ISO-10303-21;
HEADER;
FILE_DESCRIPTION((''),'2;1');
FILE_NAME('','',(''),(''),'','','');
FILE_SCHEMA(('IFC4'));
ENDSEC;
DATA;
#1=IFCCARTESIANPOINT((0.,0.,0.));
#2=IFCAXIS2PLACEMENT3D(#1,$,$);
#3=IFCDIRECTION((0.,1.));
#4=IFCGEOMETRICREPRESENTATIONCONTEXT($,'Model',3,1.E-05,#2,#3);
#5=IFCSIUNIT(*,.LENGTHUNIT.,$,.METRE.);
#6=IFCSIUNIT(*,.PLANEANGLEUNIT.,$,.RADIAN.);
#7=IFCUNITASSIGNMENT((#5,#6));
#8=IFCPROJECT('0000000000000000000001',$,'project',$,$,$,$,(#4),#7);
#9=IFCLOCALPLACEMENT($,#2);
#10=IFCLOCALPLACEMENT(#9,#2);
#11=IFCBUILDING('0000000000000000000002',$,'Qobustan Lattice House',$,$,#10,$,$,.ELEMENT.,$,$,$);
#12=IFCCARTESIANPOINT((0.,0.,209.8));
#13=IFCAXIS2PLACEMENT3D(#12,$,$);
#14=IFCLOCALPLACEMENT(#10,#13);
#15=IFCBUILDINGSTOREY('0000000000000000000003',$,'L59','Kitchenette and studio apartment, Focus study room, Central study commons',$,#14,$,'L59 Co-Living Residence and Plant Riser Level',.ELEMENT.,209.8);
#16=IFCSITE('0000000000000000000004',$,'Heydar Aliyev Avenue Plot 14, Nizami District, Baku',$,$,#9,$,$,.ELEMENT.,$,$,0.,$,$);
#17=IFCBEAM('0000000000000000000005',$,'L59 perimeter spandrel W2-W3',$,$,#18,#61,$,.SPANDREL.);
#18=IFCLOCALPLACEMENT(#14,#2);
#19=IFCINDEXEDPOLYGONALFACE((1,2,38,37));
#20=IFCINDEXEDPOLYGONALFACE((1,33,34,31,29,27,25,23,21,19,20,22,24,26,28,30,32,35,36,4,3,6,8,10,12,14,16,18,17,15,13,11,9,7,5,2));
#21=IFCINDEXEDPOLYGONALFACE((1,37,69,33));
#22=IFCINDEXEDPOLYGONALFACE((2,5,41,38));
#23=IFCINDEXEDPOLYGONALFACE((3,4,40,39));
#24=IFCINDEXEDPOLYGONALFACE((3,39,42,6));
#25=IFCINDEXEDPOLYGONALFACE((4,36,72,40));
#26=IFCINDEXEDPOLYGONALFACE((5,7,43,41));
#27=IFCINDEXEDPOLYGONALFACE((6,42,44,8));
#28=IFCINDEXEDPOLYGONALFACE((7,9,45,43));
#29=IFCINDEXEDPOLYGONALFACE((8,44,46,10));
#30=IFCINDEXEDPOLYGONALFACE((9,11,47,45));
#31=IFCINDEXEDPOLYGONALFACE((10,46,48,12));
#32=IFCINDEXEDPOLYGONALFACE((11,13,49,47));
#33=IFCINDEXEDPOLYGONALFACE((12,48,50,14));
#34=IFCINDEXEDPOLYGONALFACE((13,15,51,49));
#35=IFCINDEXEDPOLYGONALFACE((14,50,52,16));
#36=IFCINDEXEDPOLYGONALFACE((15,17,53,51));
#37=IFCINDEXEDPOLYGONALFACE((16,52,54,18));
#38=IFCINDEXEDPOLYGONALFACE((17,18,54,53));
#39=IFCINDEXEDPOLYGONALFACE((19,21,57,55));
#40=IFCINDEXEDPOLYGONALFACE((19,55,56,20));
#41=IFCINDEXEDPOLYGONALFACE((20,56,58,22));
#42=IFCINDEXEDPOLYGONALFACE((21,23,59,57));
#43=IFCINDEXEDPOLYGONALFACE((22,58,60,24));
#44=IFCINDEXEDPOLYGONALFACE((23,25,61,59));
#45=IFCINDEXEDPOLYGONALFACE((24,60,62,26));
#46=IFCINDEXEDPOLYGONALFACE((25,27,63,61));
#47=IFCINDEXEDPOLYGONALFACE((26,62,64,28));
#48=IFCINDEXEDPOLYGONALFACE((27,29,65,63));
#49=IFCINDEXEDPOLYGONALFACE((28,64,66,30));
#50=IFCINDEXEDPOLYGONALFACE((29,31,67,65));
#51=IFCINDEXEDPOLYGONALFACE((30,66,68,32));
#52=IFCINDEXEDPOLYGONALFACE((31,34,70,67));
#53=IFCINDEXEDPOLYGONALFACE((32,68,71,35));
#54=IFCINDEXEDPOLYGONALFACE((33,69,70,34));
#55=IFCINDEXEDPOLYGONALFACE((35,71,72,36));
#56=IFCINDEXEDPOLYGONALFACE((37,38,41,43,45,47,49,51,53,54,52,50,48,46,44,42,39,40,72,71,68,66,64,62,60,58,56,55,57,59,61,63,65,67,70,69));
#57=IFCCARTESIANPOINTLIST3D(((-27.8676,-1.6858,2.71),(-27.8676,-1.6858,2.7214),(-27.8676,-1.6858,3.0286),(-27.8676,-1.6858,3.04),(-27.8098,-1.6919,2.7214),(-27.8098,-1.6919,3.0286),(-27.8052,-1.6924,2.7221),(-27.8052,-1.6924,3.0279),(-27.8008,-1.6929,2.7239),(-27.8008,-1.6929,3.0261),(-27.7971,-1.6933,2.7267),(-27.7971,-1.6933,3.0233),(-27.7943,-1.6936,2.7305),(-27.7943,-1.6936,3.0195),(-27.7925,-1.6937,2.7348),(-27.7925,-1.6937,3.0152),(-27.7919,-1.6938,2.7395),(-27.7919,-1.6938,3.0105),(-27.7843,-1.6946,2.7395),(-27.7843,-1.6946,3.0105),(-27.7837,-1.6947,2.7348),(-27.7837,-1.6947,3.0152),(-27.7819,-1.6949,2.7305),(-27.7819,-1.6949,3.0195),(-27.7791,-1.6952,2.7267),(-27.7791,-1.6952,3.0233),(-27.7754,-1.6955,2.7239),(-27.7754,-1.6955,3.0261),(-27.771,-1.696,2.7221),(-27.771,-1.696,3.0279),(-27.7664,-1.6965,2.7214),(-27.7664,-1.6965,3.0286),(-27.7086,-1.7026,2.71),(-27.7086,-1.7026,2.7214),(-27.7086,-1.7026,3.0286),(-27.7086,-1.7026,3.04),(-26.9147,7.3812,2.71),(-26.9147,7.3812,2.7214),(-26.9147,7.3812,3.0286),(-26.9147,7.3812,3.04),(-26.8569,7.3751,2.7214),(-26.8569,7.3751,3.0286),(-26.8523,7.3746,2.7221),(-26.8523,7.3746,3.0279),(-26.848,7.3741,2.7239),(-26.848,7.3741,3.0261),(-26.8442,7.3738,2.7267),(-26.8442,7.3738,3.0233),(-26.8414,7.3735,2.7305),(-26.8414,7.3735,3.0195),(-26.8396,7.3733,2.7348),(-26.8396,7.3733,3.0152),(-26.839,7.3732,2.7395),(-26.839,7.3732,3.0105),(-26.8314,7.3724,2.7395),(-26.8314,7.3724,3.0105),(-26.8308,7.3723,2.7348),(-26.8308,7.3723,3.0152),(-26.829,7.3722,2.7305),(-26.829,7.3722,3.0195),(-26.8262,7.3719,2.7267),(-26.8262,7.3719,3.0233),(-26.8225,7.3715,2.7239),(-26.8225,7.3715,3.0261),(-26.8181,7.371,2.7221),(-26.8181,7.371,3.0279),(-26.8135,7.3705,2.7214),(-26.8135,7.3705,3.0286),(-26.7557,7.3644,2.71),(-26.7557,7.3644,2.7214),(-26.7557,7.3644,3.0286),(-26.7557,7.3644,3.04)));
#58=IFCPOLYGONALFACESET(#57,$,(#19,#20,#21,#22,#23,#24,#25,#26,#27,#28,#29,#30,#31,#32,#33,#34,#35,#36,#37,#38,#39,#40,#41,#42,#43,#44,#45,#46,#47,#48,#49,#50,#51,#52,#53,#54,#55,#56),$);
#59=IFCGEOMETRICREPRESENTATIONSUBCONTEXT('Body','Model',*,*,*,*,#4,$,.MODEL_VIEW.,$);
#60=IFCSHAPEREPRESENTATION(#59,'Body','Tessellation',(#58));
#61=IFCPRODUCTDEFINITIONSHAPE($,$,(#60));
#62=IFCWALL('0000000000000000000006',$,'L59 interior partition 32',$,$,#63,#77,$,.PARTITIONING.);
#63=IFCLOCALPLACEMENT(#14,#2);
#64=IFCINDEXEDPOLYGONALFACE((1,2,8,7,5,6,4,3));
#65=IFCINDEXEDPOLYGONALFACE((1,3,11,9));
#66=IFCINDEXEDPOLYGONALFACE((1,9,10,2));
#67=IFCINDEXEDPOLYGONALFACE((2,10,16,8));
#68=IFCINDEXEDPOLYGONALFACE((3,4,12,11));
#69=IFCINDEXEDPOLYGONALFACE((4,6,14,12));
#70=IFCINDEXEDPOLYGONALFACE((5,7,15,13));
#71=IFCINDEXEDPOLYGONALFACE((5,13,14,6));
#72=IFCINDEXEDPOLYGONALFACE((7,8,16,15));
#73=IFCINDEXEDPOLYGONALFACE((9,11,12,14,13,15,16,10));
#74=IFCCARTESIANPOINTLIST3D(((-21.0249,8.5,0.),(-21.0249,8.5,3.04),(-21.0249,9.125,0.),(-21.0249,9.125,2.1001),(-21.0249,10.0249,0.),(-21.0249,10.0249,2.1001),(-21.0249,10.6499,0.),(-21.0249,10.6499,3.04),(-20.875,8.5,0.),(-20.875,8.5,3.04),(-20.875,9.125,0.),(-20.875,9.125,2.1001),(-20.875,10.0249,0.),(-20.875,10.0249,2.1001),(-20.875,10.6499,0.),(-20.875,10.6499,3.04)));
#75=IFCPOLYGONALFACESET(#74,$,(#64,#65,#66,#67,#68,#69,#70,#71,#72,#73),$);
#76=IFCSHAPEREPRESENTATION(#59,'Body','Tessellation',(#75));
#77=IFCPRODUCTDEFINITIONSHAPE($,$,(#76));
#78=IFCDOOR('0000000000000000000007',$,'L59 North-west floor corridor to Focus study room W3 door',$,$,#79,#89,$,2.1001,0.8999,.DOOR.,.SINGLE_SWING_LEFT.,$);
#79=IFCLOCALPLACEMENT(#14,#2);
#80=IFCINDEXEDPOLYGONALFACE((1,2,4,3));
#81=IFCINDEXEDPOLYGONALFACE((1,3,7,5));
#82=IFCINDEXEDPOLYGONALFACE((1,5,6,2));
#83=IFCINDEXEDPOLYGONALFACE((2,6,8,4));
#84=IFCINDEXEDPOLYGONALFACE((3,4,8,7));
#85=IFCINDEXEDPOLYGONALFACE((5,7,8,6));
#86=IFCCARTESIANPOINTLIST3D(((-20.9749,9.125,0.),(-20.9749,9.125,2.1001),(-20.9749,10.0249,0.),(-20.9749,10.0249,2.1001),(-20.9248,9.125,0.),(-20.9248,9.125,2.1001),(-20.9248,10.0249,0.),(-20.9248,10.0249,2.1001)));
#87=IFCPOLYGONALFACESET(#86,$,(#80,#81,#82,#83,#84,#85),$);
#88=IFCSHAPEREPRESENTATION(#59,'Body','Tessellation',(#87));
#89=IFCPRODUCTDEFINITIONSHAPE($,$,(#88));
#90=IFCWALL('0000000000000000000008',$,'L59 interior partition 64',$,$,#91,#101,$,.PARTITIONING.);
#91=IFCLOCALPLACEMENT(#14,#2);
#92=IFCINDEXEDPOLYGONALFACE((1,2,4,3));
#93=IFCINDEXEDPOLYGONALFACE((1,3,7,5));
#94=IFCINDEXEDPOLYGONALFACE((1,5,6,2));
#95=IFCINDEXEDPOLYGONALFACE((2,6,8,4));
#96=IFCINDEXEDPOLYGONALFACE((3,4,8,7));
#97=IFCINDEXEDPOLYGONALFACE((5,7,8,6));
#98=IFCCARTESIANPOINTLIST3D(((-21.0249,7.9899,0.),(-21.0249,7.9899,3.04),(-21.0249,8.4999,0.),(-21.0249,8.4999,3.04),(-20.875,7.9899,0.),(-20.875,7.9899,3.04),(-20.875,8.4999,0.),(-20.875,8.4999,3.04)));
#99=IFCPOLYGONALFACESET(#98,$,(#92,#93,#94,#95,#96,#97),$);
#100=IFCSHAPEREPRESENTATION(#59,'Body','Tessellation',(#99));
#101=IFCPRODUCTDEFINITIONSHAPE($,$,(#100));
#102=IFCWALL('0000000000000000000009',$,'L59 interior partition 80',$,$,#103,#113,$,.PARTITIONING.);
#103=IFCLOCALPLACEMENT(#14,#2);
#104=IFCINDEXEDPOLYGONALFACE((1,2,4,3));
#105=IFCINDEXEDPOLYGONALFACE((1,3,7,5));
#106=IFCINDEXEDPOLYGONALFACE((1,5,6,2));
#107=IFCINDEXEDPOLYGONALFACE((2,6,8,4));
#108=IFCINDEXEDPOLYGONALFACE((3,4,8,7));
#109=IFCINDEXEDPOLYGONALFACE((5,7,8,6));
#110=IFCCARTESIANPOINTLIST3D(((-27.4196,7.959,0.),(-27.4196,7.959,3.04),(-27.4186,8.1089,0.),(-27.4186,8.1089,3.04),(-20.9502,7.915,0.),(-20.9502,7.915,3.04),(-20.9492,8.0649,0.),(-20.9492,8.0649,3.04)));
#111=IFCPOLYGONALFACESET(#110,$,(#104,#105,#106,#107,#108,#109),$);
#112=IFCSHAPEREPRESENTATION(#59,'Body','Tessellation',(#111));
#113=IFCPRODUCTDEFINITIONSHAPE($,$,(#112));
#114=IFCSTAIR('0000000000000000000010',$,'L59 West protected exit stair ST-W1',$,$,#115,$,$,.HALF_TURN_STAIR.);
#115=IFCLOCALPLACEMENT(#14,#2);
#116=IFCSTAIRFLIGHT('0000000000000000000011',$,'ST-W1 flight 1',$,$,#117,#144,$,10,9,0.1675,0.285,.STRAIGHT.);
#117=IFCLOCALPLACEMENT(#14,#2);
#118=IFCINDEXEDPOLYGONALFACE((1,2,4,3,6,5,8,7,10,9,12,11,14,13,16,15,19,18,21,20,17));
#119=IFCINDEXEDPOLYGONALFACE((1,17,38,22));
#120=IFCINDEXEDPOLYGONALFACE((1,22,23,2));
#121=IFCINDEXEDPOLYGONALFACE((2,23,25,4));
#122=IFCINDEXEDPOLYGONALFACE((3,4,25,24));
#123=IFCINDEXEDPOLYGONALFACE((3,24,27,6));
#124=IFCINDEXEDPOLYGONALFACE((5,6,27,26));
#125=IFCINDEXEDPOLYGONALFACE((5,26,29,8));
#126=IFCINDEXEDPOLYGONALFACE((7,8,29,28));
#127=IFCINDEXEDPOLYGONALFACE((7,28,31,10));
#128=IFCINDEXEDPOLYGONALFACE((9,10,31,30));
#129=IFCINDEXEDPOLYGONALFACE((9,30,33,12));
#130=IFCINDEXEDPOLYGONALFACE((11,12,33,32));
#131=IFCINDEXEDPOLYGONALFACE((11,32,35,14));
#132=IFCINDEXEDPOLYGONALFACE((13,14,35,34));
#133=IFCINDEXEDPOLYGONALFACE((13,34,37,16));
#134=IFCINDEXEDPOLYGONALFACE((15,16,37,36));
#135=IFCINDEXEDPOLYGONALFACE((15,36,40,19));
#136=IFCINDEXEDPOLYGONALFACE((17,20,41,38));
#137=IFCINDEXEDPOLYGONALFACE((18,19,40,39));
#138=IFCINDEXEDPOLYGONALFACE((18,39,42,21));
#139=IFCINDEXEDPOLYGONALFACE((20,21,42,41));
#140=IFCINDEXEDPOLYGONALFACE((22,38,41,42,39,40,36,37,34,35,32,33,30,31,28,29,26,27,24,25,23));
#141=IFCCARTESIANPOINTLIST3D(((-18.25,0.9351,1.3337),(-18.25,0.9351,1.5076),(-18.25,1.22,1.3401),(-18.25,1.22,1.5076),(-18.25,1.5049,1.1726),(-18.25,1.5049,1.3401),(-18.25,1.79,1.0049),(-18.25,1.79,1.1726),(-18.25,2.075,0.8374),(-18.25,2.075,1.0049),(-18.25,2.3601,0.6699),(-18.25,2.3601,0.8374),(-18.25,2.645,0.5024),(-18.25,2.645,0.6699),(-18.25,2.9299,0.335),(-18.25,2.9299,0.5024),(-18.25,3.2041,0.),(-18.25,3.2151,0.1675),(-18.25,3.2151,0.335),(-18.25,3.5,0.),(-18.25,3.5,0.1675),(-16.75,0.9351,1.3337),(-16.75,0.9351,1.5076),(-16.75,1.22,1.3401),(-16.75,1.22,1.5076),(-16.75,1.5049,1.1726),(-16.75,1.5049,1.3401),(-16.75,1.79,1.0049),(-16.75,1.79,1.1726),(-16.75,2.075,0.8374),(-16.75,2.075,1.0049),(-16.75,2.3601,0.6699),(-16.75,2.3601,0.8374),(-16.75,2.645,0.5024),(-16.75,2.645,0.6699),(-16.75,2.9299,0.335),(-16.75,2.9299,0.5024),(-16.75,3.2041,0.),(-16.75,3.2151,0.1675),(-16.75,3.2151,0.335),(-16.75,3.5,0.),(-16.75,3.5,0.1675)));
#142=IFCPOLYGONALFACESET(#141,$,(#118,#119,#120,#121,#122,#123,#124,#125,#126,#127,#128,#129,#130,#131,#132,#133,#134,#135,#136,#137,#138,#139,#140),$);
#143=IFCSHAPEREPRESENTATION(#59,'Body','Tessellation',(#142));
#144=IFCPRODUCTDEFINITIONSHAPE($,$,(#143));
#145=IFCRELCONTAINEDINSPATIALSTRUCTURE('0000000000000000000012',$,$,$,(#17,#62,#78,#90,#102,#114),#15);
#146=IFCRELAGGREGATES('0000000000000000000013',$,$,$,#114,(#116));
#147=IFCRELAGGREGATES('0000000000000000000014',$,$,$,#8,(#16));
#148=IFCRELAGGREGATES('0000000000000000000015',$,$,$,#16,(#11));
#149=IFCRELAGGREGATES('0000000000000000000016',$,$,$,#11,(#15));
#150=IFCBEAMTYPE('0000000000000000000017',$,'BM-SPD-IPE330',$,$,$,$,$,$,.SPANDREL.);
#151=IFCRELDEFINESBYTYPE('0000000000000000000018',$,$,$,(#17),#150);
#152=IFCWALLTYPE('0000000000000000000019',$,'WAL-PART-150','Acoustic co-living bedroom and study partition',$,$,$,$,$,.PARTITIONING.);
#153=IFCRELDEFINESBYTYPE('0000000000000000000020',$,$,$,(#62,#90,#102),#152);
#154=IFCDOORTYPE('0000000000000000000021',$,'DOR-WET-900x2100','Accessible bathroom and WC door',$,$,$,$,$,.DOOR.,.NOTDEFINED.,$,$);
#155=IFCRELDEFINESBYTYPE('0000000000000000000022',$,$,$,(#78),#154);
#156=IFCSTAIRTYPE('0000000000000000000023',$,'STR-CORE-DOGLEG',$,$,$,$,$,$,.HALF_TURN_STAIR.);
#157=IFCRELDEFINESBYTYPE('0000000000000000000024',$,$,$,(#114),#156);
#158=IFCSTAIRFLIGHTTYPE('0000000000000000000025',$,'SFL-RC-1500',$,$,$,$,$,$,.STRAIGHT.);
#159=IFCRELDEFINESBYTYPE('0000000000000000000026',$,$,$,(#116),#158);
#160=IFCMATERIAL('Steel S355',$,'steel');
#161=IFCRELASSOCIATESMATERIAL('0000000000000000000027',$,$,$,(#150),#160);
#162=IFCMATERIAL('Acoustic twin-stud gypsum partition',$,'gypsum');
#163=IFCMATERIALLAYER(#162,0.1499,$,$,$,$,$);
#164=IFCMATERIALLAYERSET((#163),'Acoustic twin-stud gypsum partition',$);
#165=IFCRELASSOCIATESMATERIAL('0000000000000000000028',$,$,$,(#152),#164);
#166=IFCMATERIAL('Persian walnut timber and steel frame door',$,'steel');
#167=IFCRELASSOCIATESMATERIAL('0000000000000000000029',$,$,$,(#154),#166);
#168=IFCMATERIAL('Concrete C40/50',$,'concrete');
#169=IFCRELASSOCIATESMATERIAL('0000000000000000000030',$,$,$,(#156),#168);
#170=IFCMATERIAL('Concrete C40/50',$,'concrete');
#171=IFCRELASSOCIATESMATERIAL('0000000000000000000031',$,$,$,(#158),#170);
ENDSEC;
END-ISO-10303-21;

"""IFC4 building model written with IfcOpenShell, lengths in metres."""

from ifc_helpers import new_model, si_unit, direction, frame, frame_2d, origin, origin_2d, place, context, subcontext, project, spatial, polyline, rectangle, i_section, outline, extrude, material, layer, layer_set, material_profile, profile_set, type_object, element, fill, aggregate, save


model = new_model("IFC4")

# Units and contexts
model_context = context("Model", 3, precision=1e-05, world=origin(), true_north=direction((0.0, 1.0)))
body_context = subcontext(model_context, "Body", "Model", "MODEL_VIEW")
ifc_project = project(units=[si_unit("LENGTHUNIT", "METRE"), si_unit("PLANEANGLEUNIT", "RADIAN")], contexts=[model_context])

# Site, building, storey
site_placement = place(None, origin())
site = spatial("IfcSite", under=ifc_project, at=site_placement, Name="Heydar Aliyev Avenue Plot 14, Nizami District, Baku", CompositionType="ELEMENT", RefElevation=0.0)
building_placement = place(site_placement, origin())
building = spatial("IfcBuilding", under=site, at=building_placement, Name="Qobustan Lattice House", CompositionType="ELEMENT")
storey_placement = place(building_placement, frame((0.0, 0.0, 209.8)))
storey = spatial("IfcBuildingStorey", under=building, at=storey_placement, Name="L59", Description="Kitchenette and studio apartment, Focus study room, Central study commons", LongName="L59 Co-Living Residence and Plant Riser Level", CompositionType="ELEMENT", Elevation=209.8)

# Beam
ifc_material_1 = material(Name="Steel S355", Category="steel")
ifc_material_profile_1 = material_profile(ifc_material_1, i_section(OverallWidth=0.1599, OverallDepth=0.3301, WebThickness=0.0076, FlangeThickness=0.0115, FilletRadius=0.0181, at=origin_2d()), Name="IPE330")
ifc_profile_set_1 = profile_set([ifc_material_profile_1], Name="Steel S355")
beam_type_1 = type_object("IfcBeamType", Name="BM-SPD-IPE330", PredefinedType="SPANDREL", material=ifc_profile_set_1)
beam_1_placement = place(storey_placement, frame((-26.8352, 7.3728, 2.875), z_axis=(-0.104519, -0.994523, 0.0), x_axis=(0.994523, -0.104519, 0.0)))
element("IfcBeam", 1, at=beam_1_placement, inside=storey, type_object=beam_type_1, Name="L59 perimeter spandrel W2-W3", PredefinedType="SPANDREL", context=body_context, shape_type="SweptSolid", body=[
    extrude(i_section(OverallWidth=0.1599, OverallDepth=0.3301, WebThickness=0.0076, FlangeThickness=0.0115, FilletRadius=0.0181, at=origin_2d()), origin(), (0.0, 0.0, 1.0), 9.1169),
])

# Wall, opening, door
ifc_material_2 = material(Name="Acoustic twin-stud gypsum partition", Category="gypsum")
ifc_layer_1 = layer(ifc_material_2, 0.1499)
ifc_layer_set_1 = layer_set([ifc_layer_1], Name="Acoustic twin-stud gypsum partition")
wall_type_1 = type_object("IfcWallType", Name="WAL-PART-150", Description="Acoustic co-living bedroom and study partition", PredefinedType="PARTITIONING", material=ifc_layer_set_1)
wall_1_placement = place(storey_placement, frame((-20.95, 8.5, 0.0), z_axis=(0.0, 0.0, 1.0), x_axis=(0.0, 1.0, 0.0)))
wall_1 = element("IfcWall", 2, at=wall_1_placement, inside=storey, type_object=wall_type_1, Name="L59 interior partition 32", PredefinedType="PARTITIONING", context=body_context, shape_type="SweptSolid", body=[
    extrude(rectangle(XDim=2.1499, YDim=0.1499, at=frame_2d((1.075, 0.0))), origin(), (0.0, 0.0, 1.0), 3.04),
])
opening_1_placement = place(wall_1_placement, frame((0.625, 0.0, 0.0)))
opening_1 = element("IfcOpeningElement", 3, at=opening_1_placement, cuts=wall_1, PredefinedType="OPENING", context=body_context, shape_type="SweptSolid", body=[
    extrude(rectangle(XDim=0.8999, YDim=2.1001, at=frame_2d((0.45, 1.05))), frame((0.0, 0.085, 0.0), z_axis=(0.0, -1.0, 0.0), x_axis=(1.0, 0.0, 0.0)), (0.0, 0.0, 1.0), 0.1699),
])
ifc_material_3 = material(Name="Persian walnut timber and steel frame door", Category="steel")
door_type_1 = type_object("IfcDoorType", Name="DOR-WET-900x2100", Description="Accessible bathroom and WC door", OperationType="NOTDEFINED", PredefinedType="DOOR", material=ifc_material_3)
door_1_placement = place(opening_1_placement, origin())
door_1 = element("IfcDoor", 4, at=door_1_placement, inside=storey, type_object=door_type_1, Name="L59 North-west floor corridor to Focus study room W3 door", OperationType="SINGLE_SWING_LEFT", OverallHeight=2.1001, OverallWidth=0.8999, PredefinedType="DOOR", context=body_context, shape_type="SweptSolid", body=[
    extrude(rectangle(XDim=0.8999, YDim=2.1001, at=frame_2d((0.45, 1.05))), frame((0.0, 0.0249, 0.0), z_axis=(0.0, -1.0, 0.0), x_axis=(1.0, 0.0, 0.0)), (0.0, 0.0, 1.0), 0.05),
])
fill(opening_1, door_1)

# Walls
wall_2_placement = place(storey_placement, frame((-20.95, 7.99, 0.0), z_axis=(0.0, 0.0, 1.0), x_axis=(0.0, 1.0, 0.0)))
element("IfcWall", 5, at=wall_2_placement, inside=storey, type_object=wall_type_1, Name="L59 interior partition 64", PredefinedType="PARTITIONING", context=body_context, shape_type="SweptSolid", body=[
    extrude(rectangle(XDim=0.51, YDim=0.1499, at=frame_2d((0.2549, 0.0))), origin(), (0.0, 0.0, 1.0), 3.04),
])
wall_3_placement = place(storey_placement, frame((-27.4192, 8.0339, 0.0), z_axis=(0.0, 0.0, 1.0), x_axis=(0.999977, -0.006793, 0.0)))
element("IfcWall", 6, at=wall_3_placement, inside=storey, type_object=wall_type_1, Name="L59 interior partition 80", PredefinedType="PARTITIONING", context=body_context, shape_type="SweptSolid", body=[
    extrude(rectangle(XDim=6.4695, YDim=0.1499, at=frame_2d((3.2349, 0.0))), origin(), (0.0, 0.0, 1.0), 3.04),
])

# Stair, stair flight
ifc_material_4 = material(Name="Concrete C40/50", Category="concrete")
stair_type = type_object("IfcStairType", Name="STR-CORE-DOGLEG", PredefinedType="HALF_TURN_STAIR", material=ifc_material_4)
stair_placement = place(storey_placement, origin())
stair = element("IfcStair", 7, at=stair_placement, inside=storey, type_object=stair_type, Name="L59 West protected exit stair ST-W1", PredefinedType="HALF_TURN_STAIR")
ifc_material_5 = material(Name="Concrete C40/50", Category="concrete")
stair_flight_type = type_object("IfcStairFlightType", Name="SFL-RC-1500", PredefinedType="STRAIGHT", material=ifc_material_5)
stair_flight_placement = place(storey_placement, frame((-17.5, 3.5, 0.0), z_axis=(0.0, 0.0, 1.0), x_axis=(0.0, -1.0, 0.0)))
stair_flight = element("IfcStairFlight", 8, at=stair_flight_placement, type_object=stair_flight_type, Name="ST-W1 flight 1", NumberOfRisers=10, NumberOfTreads=9, PredefinedType="STRAIGHT", RiserHeight=0.1675, TreadLength=0.285, context=body_context, shape_type="SweptSolid", body=[
    extrude(outline(polyline([(0.0, 0.0), (0.0, 0.1675), (0.2849, 0.1675), (0.2849, 0.335), (0.5701, 0.335), (0.5701, 0.5024), (0.855, 0.5024), (0.855, 0.6699), (1.1399, 0.6699), (1.1399, 0.8374), (1.425, 0.8374), (1.425, 1.0049), (1.71, 1.0049), (1.71, 1.1726), (1.9951, 1.1726), (1.9951, 1.3401), (2.28, 1.3401), (2.28, 1.5076), (2.5649, 1.5076), (2.5649, 1.675), (2.5649, 1.3337), (0.2959, 0.0), (0.0, 0.0)])), frame((0.0, 0.75, 0.0), z_axis=(0.0, -1.0, 0.0), x_axis=(1.0, 0.0, 0.0)), (0.0, 0.0, 1.0), 1.5),
])
aggregate(stair, [stair_flight])

save(model, "model.ifc")
